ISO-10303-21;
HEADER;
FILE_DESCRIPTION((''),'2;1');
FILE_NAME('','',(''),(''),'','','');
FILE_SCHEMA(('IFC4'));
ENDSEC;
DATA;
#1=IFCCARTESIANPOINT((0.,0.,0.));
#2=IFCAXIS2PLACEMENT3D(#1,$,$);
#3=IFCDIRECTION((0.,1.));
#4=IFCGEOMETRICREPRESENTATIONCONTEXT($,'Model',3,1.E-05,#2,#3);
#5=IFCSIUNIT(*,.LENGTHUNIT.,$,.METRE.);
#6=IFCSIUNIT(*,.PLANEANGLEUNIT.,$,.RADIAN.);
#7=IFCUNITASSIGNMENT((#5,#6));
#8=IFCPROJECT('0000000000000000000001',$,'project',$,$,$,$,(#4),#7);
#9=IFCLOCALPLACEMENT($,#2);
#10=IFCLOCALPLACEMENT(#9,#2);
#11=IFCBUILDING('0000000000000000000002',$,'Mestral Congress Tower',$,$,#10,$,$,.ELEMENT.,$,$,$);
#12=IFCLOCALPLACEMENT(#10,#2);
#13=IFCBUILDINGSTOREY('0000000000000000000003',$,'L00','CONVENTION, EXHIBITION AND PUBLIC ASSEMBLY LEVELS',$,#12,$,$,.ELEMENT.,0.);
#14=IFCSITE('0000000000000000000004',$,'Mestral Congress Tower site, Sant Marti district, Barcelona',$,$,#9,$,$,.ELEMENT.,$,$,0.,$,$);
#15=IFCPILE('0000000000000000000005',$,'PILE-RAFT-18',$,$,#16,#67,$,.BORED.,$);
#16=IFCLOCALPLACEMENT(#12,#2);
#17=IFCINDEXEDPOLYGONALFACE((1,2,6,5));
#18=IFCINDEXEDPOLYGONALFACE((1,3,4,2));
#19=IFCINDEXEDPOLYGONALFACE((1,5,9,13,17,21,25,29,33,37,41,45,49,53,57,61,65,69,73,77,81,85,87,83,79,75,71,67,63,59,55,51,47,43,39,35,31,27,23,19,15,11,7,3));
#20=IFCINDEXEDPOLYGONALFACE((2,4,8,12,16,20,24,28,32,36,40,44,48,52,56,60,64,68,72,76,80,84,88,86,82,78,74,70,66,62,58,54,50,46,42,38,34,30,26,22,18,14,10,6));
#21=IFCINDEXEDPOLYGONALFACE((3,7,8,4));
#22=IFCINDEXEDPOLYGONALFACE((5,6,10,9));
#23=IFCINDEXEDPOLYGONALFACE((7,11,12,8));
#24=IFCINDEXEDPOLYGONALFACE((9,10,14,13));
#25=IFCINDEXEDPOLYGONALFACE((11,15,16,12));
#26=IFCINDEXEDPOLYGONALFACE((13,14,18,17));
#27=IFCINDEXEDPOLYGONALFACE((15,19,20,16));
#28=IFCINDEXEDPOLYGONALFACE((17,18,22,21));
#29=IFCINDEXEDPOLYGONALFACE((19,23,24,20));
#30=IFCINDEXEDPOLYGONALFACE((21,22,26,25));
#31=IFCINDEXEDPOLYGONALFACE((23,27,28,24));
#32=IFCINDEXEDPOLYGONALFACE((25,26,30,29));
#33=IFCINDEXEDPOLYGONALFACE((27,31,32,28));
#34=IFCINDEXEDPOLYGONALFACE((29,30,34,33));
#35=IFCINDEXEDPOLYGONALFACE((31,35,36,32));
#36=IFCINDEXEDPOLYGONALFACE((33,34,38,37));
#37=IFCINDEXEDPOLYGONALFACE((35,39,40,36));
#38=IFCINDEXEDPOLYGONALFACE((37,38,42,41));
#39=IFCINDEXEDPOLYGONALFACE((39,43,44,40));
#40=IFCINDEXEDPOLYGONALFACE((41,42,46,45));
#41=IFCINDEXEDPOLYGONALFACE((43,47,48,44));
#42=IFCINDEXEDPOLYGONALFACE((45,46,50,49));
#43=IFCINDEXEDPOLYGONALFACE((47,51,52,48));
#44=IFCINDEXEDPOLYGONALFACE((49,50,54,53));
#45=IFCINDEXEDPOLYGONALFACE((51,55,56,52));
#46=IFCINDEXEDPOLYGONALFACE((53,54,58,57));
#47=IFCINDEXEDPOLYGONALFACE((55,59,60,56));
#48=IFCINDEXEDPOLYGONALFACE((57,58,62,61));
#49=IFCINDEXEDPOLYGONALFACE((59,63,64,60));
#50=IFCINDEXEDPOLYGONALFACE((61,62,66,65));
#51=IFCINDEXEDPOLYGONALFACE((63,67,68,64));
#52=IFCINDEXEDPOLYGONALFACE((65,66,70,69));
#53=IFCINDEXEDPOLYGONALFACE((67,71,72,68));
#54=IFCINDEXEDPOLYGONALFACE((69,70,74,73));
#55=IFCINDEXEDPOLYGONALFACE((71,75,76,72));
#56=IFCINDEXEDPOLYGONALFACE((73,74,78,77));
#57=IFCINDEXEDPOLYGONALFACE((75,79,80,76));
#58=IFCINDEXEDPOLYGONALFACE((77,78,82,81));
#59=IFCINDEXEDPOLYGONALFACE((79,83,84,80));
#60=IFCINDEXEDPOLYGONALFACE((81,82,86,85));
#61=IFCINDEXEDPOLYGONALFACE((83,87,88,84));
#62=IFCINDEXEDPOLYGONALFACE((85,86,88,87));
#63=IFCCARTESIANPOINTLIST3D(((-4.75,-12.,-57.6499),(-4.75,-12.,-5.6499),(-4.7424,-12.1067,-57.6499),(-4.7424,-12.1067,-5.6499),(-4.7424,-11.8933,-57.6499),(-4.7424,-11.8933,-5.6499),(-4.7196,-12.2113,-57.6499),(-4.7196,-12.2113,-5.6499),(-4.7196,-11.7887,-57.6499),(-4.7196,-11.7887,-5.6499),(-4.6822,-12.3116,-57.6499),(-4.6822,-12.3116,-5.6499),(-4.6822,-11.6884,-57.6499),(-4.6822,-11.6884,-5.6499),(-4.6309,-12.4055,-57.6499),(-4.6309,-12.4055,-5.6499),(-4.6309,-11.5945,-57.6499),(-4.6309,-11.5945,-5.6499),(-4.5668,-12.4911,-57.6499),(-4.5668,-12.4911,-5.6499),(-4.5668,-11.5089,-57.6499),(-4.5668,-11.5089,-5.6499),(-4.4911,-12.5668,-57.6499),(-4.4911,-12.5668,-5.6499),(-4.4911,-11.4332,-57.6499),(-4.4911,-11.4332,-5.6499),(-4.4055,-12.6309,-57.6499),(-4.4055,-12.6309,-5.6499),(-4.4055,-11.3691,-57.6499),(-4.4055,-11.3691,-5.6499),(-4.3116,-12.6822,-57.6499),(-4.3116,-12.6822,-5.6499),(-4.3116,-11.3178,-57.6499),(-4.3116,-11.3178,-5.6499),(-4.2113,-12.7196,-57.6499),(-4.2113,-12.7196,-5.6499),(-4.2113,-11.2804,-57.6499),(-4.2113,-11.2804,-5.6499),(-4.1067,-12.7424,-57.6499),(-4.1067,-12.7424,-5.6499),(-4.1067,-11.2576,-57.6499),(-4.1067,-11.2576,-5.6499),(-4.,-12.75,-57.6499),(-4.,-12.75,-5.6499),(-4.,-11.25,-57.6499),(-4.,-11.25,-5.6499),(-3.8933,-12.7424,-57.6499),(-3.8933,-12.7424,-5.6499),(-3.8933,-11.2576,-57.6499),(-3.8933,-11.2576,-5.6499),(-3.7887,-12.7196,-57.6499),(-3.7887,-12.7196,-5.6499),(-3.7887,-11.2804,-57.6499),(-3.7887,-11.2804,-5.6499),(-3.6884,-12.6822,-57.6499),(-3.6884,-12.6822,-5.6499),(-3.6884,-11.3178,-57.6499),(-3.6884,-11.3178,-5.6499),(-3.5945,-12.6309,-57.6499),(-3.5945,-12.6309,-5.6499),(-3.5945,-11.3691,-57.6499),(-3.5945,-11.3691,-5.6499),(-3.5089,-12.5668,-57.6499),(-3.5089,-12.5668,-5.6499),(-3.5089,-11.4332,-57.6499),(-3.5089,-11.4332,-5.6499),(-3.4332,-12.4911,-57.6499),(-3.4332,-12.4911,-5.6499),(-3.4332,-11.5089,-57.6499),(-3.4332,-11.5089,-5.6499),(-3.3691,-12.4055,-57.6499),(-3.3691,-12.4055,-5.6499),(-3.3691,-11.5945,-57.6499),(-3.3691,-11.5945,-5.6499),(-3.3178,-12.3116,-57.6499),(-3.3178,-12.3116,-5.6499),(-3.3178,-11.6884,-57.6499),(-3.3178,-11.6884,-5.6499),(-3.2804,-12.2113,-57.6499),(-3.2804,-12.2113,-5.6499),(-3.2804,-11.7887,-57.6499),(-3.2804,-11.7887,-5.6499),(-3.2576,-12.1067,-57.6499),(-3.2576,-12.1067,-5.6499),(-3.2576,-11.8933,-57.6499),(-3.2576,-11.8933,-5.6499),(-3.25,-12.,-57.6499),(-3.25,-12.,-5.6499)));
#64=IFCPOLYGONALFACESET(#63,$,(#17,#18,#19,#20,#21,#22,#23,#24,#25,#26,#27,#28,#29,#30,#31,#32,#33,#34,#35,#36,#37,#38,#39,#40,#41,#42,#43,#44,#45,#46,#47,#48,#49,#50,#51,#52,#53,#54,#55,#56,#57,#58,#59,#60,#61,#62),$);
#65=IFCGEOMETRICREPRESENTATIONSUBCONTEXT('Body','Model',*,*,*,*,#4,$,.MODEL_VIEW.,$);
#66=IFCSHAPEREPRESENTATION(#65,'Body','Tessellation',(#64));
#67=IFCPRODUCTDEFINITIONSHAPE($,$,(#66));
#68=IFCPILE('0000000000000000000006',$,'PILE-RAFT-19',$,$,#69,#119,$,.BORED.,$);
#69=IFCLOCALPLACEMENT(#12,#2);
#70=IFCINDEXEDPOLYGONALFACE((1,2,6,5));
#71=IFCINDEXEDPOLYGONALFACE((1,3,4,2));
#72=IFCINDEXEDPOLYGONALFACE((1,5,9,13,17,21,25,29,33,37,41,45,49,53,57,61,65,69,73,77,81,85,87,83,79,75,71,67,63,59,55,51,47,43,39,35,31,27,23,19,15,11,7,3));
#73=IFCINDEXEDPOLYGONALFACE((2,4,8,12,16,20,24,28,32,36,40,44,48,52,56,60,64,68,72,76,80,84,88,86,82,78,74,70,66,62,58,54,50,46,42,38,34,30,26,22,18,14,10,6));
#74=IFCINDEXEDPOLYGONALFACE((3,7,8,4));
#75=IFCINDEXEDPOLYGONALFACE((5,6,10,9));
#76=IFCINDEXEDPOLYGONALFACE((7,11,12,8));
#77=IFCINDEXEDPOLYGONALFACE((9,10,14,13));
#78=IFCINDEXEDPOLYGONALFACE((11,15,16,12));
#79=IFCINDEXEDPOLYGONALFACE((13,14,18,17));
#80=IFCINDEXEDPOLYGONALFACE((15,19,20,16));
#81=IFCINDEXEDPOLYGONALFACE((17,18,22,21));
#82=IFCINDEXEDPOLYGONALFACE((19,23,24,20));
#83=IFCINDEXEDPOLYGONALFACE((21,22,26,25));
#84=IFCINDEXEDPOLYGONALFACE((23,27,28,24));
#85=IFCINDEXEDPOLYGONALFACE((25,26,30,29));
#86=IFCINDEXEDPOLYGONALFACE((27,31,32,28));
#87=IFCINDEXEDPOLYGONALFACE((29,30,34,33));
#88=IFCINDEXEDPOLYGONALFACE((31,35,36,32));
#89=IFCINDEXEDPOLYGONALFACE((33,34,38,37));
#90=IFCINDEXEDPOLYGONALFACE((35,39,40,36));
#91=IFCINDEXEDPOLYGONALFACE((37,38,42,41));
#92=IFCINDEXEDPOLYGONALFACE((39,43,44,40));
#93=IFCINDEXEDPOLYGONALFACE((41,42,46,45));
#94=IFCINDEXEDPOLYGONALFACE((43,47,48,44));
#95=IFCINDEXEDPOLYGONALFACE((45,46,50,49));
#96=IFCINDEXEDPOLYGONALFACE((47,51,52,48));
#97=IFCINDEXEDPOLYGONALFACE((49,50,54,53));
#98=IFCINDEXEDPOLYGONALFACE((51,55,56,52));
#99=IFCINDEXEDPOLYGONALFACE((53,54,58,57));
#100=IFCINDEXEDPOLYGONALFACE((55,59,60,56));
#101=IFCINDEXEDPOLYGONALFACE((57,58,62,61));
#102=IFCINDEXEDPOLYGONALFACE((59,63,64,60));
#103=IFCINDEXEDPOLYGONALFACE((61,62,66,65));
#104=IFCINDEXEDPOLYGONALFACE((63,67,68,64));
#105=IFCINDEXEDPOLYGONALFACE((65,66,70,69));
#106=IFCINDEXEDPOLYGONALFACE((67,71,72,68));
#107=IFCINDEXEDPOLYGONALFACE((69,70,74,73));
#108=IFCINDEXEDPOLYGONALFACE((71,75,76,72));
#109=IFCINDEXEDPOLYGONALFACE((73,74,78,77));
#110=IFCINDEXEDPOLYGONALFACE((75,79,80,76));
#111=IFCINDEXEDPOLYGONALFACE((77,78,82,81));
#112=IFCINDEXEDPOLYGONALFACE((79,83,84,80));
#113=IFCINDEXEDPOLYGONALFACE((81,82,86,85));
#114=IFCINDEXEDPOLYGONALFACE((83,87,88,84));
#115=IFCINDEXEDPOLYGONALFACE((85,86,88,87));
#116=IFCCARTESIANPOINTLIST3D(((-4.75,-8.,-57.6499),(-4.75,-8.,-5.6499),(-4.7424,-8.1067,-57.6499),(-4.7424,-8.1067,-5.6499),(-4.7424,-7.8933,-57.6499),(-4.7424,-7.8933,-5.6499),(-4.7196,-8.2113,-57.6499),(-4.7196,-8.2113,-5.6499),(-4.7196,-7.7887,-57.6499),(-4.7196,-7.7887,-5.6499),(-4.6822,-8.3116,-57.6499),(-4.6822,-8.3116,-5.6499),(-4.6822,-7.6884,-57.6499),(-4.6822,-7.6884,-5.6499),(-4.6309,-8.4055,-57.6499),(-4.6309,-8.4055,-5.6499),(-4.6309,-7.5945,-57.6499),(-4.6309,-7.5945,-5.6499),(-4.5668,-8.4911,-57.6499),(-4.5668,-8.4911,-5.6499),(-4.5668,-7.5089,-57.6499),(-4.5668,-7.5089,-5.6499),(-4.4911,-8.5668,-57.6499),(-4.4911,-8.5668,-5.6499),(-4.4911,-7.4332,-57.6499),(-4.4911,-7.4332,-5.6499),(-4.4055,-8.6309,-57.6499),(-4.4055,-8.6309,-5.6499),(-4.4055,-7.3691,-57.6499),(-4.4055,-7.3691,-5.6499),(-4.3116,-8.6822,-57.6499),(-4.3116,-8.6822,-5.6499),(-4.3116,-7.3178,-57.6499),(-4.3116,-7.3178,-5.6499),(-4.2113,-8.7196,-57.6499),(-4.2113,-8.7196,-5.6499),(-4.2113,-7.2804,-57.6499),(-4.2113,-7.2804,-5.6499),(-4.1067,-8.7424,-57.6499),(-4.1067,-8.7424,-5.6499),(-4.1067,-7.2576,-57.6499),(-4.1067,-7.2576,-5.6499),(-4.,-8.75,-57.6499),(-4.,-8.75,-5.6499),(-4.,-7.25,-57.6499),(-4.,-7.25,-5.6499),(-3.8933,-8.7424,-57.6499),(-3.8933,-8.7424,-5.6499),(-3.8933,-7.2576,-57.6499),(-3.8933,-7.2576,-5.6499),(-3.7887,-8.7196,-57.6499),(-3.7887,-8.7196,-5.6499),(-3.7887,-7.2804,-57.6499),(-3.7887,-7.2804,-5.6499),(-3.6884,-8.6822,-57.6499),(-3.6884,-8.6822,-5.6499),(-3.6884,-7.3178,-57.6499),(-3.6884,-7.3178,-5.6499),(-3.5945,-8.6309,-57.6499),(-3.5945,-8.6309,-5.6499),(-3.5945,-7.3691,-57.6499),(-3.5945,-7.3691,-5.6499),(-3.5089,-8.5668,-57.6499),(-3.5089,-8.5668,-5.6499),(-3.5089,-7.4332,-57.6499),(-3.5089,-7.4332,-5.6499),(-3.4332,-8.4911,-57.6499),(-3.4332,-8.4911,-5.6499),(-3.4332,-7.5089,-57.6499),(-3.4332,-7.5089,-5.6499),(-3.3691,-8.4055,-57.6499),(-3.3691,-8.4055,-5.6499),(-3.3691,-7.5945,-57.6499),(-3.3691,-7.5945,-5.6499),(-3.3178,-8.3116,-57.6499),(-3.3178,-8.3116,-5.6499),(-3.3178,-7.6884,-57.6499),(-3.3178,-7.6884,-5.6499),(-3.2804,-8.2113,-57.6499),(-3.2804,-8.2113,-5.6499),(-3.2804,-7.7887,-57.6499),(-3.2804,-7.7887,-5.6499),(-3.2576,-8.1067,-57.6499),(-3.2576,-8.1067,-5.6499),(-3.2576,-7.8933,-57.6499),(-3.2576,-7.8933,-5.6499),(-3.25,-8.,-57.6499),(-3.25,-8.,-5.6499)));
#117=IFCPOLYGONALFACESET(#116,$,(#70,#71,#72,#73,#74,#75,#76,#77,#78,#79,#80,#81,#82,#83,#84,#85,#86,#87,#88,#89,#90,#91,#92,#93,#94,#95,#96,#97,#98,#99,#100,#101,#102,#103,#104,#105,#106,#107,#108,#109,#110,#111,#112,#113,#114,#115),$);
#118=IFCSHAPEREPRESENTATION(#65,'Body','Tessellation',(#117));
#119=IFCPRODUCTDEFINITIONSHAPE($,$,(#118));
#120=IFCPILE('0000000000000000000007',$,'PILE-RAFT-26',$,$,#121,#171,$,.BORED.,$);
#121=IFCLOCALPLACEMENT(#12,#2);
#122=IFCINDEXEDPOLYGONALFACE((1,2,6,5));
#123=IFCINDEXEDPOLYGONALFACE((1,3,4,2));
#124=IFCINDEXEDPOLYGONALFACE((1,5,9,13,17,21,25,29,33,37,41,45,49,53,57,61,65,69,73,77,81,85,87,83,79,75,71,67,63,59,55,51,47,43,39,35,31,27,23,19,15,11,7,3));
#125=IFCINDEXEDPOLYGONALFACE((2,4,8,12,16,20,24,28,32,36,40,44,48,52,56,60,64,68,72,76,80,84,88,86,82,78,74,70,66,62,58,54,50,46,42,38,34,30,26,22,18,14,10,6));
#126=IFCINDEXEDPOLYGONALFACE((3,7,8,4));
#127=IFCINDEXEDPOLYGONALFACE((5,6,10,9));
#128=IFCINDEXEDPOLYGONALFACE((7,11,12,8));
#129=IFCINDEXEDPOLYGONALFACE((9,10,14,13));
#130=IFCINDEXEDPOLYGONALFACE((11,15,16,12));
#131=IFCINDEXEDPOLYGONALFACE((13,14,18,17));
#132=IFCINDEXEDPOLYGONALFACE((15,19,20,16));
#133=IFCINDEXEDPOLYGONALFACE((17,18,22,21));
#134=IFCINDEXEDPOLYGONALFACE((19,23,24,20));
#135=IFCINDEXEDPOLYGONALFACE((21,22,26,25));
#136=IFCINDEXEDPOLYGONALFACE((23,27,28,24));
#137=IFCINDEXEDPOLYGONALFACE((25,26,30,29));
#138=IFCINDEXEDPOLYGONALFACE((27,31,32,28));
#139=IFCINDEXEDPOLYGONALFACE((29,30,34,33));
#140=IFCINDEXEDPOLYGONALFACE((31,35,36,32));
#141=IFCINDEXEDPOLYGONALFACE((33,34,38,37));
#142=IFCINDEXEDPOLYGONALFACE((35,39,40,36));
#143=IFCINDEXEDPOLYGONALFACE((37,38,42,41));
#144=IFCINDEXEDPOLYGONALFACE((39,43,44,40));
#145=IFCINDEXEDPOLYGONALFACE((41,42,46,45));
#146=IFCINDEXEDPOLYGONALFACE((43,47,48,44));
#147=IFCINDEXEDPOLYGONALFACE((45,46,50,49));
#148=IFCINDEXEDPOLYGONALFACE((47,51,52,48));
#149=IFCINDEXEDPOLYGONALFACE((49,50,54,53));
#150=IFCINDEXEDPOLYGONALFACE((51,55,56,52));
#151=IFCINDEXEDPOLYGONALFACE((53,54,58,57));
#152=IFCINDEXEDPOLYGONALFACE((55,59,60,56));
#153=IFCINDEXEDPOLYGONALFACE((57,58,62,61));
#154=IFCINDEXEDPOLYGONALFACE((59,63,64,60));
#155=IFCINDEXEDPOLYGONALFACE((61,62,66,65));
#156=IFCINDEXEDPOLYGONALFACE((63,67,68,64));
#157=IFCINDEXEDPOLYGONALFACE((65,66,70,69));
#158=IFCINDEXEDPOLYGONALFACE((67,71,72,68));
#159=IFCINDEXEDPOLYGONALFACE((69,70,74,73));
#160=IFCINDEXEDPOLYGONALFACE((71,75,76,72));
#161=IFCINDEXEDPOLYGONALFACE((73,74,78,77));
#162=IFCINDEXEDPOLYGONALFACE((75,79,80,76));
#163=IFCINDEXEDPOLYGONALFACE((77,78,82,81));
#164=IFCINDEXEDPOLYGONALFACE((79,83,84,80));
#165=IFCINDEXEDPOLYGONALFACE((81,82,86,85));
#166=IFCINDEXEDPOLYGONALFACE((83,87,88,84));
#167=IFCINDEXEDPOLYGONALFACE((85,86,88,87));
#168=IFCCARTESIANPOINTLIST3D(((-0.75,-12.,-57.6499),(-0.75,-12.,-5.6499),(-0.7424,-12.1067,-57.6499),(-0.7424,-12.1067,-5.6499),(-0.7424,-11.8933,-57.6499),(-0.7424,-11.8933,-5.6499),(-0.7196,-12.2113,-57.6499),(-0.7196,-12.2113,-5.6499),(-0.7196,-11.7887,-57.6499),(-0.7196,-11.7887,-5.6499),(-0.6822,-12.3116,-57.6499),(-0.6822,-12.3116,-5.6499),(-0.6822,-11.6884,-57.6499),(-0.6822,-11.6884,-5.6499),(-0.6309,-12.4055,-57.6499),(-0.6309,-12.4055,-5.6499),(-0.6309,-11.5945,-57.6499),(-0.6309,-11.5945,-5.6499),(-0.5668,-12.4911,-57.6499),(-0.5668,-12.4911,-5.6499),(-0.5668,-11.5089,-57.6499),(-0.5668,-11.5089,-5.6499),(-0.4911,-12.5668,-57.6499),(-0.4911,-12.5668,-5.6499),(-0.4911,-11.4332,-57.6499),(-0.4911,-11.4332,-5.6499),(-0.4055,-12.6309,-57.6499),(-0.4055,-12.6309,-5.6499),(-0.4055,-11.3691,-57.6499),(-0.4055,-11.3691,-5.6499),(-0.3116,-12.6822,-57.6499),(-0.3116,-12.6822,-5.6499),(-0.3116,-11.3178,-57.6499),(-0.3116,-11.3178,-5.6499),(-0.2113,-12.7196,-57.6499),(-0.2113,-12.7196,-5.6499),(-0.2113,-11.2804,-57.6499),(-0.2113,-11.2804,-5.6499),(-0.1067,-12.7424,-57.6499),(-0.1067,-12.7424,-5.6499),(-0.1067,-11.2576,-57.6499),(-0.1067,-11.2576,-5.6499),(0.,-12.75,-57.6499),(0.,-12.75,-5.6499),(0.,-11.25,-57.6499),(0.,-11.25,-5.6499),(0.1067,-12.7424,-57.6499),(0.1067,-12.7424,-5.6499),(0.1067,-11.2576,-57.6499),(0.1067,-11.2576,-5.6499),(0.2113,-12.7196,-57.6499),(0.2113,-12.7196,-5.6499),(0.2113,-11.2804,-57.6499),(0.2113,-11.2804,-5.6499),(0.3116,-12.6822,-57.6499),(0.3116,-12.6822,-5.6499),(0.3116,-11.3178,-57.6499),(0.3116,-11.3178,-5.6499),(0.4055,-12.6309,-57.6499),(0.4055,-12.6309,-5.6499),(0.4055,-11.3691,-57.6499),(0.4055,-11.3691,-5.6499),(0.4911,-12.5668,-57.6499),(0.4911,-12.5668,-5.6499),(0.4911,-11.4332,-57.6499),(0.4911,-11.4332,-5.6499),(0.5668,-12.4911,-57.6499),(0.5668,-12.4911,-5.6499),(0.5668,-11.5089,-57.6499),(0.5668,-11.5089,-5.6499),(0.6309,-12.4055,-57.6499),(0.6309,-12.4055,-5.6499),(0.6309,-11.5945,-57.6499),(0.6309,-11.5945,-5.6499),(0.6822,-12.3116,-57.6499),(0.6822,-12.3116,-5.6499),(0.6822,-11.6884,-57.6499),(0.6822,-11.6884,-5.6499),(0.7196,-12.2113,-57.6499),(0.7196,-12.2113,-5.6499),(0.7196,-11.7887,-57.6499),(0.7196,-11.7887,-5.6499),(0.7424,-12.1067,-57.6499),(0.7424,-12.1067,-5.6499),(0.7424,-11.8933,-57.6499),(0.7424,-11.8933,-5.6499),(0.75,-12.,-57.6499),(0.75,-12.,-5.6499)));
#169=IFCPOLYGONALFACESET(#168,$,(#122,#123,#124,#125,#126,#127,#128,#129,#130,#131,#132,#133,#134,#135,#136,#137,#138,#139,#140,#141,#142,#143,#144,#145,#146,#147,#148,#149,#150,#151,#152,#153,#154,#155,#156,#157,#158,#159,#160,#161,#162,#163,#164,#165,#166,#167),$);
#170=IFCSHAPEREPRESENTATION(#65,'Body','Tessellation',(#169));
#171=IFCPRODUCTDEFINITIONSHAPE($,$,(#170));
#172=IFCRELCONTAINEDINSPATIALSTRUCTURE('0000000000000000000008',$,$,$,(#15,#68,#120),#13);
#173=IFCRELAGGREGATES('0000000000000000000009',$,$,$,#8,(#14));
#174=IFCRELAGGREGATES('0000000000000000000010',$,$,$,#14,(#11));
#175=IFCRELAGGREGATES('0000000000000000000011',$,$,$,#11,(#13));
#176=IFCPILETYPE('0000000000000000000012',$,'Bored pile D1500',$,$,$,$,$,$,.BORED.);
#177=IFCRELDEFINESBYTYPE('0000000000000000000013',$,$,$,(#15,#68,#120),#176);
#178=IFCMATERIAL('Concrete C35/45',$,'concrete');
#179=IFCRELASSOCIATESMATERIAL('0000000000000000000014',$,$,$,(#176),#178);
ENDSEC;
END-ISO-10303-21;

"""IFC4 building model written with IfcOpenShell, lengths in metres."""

from ifc_helpers import new_model, si_unit, direction, frame, origin, origin_2d, place, context, subcontext, project, spatial, circle, extrude, material, material_profile, profile_set, type_object, element, save


model = new_model("IFC4")

# Units and contexts
model_context = context("Model", 3, precision=1e-05, world=origin(), true_north=direction((0.0, 1.0)))
body_context = subcontext(model_context, "Body", "Model", "MODEL_VIEW")
ifc_project = project(units=[si_unit("LENGTHUNIT", "METRE"), si_unit("PLANEANGLEUNIT", "RADIAN")], contexts=[model_context])

# Site, building, storey
site_placement = place(None, origin())
site = spatial("IfcSite", under=ifc_project, at=site_placement, Name="Mestral Congress Tower site, Sant Marti district, Barcelona", CompositionType="ELEMENT", RefElevation=0.0)
building_placement = place(site_placement, origin())
building = spatial("IfcBuilding", under=site, at=building_placement, Name="Mestral Congress Tower", CompositionType="ELEMENT")
storey_placement = place(building_placement, origin())
storey = spatial("IfcBuildingStorey", under=building, at=storey_placement, Name="L00", Description="CONVENTION, EXHIBITION AND PUBLIC ASSEMBLY LEVELS", CompositionType="ELEMENT", Elevation=0.0)

# Piles
ifc_material_1 = material(Name="Concrete C35/45", Category="concrete")
ifc_material_profile_1 = material_profile(ifc_material_1, circle(Radius=0.75, at=origin_2d()), Name="D1500")
ifc_profile_set_1 = profile_set([ifc_material_profile_1], Name="Concrete C35/45")
pile_type = type_object("IfcPileType", Name="Bored pile D1500", PredefinedType="BORED", material=ifc_profile_set_1)
for number, where, z_axis, x_axis, name in (
    (1, (-4.0, -12.0, -5.6499), (0.0, 0.0, -1.0), (1.0, 0.0, 0.0), "PILE-RAFT-18"),
    (2, (-4.0, -8.0, -5.6499), (0.0, 0.0, -1.0), (1.0, 0.0, 0.0), "PILE-RAFT-19"),
    (3, (0.0, -12.0, -5.6499), (0.0, 0.0, -1.0), (1.0, 0.0, 0.0), "PILE-RAFT-26"),
):
    element("IfcPile", number, at=place(storey_placement, frame(where, z_axis=z_axis, x_axis=x_axis)), inside=storey, type_object=pile_type, Name=name, PredefinedType="BORED", context=body_context, shape_type="SweptSolid", body=[
        extrude(circle(Radius=0.75, at=origin_2d()), origin(), (0.0, 0.0, 1.0), 52.0),
    ])

save(model, "model.ifc")
